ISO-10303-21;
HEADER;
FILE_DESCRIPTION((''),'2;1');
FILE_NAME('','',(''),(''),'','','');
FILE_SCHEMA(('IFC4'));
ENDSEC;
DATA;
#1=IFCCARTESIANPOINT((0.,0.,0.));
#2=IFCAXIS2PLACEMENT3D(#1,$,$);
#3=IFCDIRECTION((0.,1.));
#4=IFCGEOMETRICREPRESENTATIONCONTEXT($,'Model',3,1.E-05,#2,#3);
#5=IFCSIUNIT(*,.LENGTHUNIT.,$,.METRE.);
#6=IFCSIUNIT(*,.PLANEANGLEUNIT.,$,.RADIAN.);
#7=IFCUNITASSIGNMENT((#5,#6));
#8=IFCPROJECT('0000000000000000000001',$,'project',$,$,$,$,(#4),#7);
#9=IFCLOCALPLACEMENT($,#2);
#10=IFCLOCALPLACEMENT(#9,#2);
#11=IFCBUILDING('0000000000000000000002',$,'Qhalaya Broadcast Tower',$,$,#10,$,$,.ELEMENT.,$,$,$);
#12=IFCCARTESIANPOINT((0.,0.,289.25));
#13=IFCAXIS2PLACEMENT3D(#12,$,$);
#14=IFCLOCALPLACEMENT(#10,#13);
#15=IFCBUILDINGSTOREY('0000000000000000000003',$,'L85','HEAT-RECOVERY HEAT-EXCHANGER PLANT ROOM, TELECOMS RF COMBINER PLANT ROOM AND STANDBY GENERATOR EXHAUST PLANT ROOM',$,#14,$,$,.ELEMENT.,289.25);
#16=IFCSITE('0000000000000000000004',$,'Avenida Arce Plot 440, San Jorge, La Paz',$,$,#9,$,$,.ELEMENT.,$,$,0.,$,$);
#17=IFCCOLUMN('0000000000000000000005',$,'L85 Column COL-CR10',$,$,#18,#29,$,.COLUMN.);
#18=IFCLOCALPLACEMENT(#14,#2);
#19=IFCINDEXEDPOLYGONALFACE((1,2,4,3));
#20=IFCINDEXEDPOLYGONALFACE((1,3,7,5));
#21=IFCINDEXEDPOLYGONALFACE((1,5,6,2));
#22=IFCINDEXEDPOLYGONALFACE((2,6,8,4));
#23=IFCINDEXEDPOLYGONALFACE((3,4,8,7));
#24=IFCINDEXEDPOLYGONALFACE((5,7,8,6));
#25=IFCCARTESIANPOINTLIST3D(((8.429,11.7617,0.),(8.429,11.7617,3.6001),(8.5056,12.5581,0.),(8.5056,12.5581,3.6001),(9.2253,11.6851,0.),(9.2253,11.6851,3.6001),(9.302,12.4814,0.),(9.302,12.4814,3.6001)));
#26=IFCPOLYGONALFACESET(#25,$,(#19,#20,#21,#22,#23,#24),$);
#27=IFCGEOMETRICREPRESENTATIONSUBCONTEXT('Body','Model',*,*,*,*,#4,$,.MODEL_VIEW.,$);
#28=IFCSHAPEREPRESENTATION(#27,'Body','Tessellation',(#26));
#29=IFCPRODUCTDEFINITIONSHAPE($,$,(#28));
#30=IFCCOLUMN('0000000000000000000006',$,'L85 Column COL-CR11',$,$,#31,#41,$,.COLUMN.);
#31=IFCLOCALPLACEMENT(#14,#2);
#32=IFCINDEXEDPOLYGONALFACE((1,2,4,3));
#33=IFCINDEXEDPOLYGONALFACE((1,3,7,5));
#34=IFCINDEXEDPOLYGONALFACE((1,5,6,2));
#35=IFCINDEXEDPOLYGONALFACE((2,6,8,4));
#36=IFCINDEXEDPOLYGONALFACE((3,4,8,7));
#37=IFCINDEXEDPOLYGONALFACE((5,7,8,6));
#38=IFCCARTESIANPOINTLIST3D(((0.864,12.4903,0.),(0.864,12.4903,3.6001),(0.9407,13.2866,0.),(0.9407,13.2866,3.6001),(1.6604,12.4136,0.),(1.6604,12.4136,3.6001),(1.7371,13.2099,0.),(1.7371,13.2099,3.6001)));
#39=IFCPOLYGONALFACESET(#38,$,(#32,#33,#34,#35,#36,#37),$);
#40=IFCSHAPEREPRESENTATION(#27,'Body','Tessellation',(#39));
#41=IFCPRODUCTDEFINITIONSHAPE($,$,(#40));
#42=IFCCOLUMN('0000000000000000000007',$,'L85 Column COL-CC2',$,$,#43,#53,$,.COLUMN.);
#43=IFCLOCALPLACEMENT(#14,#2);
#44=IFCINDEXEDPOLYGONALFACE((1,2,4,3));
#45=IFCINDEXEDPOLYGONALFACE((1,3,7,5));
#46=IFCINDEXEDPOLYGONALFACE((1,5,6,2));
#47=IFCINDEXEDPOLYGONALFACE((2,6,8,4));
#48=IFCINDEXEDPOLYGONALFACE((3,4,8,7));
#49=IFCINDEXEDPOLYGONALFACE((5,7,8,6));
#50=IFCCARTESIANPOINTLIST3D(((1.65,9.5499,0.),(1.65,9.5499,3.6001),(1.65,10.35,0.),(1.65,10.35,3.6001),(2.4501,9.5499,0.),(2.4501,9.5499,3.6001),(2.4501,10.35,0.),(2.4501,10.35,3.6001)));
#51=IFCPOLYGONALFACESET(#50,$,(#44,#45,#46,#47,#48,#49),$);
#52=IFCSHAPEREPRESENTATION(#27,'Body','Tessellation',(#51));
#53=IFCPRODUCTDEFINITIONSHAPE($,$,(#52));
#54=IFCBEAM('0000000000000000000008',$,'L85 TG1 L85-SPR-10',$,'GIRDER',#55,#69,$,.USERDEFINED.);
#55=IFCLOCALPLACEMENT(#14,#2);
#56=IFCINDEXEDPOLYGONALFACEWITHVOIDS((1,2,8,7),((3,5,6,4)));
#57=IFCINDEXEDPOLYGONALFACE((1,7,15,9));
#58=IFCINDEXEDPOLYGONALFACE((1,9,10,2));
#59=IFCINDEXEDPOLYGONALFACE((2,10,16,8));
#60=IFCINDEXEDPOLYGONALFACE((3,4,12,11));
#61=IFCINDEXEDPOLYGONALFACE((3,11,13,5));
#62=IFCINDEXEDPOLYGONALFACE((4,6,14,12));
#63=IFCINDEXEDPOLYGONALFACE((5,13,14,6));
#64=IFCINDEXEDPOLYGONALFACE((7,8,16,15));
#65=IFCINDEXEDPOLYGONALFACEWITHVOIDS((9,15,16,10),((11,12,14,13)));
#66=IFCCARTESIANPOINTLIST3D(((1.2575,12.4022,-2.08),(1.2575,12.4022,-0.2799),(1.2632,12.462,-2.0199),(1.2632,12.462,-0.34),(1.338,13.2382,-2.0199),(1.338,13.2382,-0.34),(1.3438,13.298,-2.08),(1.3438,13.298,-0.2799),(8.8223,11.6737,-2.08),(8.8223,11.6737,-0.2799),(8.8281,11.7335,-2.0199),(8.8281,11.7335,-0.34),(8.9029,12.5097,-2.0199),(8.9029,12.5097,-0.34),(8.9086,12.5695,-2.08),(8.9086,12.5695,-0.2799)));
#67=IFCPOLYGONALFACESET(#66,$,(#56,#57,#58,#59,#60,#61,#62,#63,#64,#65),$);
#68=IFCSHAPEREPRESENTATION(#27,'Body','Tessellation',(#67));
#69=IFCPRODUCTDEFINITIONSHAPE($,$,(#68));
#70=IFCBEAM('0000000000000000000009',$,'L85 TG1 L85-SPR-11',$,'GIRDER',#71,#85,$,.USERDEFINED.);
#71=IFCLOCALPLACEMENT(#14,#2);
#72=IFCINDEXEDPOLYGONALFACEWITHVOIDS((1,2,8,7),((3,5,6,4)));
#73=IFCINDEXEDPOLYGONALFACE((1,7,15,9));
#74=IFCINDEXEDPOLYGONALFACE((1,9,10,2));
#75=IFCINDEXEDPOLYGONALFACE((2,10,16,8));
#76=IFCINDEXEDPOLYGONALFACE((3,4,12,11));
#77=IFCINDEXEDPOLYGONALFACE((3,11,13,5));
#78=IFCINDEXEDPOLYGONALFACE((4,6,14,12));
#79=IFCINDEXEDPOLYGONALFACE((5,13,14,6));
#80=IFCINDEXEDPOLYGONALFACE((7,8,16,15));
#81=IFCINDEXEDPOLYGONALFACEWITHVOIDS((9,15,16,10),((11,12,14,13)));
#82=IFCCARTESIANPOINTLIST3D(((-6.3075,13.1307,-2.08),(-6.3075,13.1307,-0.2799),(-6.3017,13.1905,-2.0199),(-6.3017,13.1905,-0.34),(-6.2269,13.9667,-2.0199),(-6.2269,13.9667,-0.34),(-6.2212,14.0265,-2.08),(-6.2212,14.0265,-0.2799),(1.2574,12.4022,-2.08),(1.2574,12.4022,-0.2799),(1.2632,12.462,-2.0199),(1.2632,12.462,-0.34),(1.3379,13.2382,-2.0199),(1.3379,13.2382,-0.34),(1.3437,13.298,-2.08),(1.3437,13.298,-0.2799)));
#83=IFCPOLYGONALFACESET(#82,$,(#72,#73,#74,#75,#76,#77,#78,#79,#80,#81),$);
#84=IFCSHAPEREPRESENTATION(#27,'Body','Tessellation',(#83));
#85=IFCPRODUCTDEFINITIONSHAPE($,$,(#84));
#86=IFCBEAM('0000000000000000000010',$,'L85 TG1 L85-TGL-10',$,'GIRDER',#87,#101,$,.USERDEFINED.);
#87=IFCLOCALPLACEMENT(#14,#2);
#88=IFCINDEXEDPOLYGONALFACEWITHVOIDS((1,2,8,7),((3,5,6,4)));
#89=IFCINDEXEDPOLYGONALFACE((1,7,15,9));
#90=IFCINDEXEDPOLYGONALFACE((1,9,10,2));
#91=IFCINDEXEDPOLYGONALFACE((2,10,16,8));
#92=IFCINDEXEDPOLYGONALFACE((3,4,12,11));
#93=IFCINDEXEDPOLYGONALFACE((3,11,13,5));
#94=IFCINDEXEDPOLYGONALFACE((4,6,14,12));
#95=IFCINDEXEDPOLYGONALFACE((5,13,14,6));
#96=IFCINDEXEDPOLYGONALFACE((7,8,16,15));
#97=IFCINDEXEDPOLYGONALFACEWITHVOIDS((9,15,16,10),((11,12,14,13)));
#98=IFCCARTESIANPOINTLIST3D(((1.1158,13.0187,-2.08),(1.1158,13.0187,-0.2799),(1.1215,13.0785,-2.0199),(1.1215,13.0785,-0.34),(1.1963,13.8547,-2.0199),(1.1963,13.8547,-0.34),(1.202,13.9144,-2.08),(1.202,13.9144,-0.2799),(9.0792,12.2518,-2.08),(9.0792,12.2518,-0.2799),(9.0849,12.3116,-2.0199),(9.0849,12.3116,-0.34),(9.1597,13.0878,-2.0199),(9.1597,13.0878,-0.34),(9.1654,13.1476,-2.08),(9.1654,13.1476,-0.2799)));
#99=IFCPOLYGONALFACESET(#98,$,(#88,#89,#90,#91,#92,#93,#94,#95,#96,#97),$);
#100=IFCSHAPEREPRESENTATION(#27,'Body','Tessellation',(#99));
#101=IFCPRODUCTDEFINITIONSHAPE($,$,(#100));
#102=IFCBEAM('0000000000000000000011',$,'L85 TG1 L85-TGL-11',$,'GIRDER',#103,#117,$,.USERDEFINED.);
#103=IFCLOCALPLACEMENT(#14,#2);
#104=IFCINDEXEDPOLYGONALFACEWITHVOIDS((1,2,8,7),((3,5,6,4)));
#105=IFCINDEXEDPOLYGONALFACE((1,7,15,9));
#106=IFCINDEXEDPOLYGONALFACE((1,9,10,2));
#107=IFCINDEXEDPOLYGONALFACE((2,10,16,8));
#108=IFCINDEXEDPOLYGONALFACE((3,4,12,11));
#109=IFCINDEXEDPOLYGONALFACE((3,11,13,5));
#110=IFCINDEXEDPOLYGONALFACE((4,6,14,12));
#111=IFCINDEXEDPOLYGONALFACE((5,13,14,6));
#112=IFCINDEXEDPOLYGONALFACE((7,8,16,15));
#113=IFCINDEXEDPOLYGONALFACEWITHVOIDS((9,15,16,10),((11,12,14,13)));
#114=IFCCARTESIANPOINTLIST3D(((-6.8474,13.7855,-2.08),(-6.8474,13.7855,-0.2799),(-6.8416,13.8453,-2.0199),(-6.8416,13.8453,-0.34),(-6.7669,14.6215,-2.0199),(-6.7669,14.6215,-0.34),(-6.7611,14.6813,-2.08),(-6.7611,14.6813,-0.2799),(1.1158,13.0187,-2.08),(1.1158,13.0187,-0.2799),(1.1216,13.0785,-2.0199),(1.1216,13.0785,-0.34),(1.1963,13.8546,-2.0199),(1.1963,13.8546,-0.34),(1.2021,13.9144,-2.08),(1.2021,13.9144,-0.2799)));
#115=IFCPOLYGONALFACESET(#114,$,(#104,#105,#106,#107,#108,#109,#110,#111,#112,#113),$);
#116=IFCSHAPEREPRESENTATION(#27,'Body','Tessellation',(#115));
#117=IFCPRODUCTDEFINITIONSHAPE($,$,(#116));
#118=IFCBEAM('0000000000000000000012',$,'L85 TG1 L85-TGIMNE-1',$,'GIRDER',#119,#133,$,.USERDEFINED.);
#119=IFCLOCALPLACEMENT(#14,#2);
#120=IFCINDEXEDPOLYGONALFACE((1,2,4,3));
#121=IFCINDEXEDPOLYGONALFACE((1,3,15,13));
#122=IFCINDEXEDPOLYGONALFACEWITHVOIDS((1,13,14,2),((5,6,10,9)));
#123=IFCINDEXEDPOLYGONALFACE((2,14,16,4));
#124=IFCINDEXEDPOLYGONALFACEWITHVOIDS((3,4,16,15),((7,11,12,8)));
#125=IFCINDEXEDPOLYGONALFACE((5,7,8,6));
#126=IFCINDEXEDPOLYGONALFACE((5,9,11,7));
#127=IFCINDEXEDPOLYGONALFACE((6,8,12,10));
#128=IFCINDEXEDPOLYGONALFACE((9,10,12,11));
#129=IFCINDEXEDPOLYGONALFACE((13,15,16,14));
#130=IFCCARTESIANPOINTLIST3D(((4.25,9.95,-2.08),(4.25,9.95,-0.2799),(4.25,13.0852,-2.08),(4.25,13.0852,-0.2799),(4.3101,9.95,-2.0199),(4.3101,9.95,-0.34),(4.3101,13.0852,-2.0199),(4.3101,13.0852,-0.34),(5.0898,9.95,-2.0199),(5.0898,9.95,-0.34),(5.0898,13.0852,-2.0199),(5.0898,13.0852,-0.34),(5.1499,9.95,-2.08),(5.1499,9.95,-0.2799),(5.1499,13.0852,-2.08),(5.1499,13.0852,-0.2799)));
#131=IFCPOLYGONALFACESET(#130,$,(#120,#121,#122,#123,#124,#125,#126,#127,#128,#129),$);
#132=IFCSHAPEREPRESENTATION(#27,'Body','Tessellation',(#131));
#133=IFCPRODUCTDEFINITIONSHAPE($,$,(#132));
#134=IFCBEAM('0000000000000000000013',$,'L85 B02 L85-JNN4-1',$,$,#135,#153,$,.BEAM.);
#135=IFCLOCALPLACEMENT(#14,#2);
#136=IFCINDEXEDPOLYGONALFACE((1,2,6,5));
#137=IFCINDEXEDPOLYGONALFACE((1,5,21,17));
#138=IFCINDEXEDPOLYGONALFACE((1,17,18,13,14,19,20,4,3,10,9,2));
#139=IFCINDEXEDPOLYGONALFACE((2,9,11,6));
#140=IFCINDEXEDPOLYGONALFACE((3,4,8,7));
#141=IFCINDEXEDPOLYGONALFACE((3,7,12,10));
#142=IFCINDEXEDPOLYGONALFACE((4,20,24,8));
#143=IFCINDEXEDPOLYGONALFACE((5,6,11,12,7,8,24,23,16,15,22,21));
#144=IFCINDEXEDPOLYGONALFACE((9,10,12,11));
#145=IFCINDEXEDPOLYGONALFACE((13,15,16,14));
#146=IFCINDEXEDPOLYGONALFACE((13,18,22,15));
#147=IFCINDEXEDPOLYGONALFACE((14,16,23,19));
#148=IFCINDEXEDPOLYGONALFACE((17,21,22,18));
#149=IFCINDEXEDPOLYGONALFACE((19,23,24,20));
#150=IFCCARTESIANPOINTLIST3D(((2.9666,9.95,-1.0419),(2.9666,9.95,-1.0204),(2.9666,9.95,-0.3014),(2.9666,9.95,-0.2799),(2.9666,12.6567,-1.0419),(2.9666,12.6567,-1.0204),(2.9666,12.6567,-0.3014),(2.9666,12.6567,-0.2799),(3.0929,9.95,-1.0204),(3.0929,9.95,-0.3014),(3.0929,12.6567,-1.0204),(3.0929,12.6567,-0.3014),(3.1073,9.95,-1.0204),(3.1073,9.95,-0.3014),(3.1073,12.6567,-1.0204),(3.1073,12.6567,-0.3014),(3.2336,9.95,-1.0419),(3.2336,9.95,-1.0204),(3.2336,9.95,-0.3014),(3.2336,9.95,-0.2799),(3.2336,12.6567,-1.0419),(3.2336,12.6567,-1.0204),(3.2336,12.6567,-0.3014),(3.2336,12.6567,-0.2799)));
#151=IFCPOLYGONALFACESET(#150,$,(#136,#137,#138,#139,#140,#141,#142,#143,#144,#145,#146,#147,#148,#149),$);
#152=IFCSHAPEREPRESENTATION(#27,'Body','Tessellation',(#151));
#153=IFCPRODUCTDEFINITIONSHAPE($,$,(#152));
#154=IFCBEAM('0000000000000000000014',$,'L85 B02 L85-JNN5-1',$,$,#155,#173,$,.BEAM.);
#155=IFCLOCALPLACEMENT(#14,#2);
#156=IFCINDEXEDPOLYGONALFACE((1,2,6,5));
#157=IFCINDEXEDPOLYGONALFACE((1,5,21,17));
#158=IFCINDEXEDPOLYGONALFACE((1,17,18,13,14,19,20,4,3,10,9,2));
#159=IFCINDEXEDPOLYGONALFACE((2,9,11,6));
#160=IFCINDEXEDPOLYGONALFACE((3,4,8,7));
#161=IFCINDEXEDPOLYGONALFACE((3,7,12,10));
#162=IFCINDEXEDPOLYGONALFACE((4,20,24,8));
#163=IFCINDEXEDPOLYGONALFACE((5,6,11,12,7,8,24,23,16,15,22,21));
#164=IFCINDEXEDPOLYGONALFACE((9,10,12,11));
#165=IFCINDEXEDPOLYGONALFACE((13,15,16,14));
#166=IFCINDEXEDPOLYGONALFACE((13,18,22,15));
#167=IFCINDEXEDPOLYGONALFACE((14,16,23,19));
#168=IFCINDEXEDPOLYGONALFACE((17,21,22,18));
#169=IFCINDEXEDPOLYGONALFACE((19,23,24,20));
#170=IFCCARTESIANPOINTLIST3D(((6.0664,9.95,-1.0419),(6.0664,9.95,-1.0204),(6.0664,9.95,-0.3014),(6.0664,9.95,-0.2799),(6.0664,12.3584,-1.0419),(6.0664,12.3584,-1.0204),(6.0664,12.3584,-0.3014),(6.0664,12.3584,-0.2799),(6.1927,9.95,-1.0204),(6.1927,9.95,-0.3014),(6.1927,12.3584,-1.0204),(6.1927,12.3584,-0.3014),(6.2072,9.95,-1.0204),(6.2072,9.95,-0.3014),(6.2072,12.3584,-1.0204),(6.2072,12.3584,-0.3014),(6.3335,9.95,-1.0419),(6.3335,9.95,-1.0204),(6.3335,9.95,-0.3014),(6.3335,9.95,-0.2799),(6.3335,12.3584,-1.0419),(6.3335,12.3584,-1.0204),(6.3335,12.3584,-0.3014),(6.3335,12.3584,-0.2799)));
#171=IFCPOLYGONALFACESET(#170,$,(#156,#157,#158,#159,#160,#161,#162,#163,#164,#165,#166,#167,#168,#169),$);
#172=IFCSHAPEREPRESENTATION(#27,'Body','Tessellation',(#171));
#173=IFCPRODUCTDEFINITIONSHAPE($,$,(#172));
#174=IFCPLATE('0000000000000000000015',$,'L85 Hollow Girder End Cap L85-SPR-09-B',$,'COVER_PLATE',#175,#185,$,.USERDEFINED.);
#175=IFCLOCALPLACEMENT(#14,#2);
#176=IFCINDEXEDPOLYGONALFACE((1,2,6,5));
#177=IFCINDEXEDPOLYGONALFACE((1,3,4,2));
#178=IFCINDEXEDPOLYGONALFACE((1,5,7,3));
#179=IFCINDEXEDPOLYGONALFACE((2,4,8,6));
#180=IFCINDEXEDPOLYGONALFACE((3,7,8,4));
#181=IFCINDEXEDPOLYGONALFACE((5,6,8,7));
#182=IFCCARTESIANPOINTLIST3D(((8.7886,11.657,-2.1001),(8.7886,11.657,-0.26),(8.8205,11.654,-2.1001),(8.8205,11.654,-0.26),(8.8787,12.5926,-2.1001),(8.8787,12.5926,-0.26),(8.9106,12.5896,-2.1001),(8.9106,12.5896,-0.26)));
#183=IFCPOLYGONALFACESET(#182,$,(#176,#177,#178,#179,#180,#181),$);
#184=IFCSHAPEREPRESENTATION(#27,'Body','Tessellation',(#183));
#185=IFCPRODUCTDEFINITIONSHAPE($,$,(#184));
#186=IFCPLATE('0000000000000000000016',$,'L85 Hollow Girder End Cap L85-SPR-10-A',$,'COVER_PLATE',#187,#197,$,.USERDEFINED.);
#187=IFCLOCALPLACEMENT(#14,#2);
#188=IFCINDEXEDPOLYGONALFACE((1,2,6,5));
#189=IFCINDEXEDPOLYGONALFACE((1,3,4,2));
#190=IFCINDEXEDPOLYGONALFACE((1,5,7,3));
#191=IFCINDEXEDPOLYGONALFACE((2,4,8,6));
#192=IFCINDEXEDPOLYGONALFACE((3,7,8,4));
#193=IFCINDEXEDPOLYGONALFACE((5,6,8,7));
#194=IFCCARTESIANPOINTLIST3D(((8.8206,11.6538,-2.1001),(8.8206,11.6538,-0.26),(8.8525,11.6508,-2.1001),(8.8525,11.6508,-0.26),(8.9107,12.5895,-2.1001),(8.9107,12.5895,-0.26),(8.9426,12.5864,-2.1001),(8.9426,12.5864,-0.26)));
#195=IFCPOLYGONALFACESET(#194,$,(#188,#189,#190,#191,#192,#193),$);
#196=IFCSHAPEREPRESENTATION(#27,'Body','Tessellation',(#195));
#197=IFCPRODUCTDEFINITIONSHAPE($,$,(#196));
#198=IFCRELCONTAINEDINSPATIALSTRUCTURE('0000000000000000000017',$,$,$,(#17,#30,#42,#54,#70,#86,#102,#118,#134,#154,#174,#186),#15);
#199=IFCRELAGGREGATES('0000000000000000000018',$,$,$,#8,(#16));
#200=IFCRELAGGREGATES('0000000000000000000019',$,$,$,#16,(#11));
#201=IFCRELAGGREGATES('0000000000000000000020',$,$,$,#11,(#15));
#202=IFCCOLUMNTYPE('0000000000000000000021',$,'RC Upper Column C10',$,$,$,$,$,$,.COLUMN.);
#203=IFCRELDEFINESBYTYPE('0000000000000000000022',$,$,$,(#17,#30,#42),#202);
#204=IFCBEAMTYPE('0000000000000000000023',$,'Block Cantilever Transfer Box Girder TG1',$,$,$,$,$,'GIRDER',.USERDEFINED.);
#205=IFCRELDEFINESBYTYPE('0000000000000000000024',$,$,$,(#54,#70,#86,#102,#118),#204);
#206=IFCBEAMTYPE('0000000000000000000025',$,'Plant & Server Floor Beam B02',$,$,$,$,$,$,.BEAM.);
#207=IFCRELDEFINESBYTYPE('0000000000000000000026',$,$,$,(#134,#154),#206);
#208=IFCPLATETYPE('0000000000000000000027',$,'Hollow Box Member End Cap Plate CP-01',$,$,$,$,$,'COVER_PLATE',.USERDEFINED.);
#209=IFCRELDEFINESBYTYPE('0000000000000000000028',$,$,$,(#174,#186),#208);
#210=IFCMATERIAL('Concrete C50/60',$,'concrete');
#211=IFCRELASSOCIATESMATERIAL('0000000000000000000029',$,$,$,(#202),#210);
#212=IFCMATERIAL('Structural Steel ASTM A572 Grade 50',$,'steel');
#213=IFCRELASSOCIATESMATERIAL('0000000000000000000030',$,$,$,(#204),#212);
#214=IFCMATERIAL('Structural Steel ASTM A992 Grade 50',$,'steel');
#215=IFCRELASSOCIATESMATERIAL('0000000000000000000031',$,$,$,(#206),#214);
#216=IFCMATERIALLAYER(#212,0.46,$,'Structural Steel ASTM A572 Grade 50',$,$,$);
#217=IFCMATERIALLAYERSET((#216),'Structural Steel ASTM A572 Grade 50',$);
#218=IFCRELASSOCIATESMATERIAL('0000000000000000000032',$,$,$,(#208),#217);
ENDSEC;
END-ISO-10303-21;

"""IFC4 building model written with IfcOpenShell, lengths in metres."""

from ifc_helpers import new_model, si_unit, direction, frame, origin, origin_2d, place, context, subcontext, project, spatial, rectangle, hollow_rectangle, i_section, extrude, material, layer, layer_set, material_profile, profile_set, type_object, element, save


model = new_model("IFC4")

# Units and contexts
model_context = context("Model", 3, precision=1e-05, world=origin(), true_north=direction((0.0, 1.0)))
body_context = subcontext(model_context, "Body", "Model", "MODEL_VIEW")
ifc_project = project(units=[si_unit("LENGTHUNIT", "METRE"), si_unit("PLANEANGLEUNIT", "RADIAN")], contexts=[model_context])

# Site, building, storey
site_placement = place(None, origin())
site = spatial("IfcSite", under=ifc_project, at=site_placement, Name="Avenida Arce Plot 440, San Jorge, La Paz", CompositionType="ELEMENT", RefElevation=0.0)
building_placement = place(site_placement, origin())
building = spatial("IfcBuilding", under=site, at=building_placement, Name="Qhalaya Broadcast Tower", CompositionType="ELEMENT")
storey_placement = place(building_placement, frame((0.0, 0.0, 289.25)))
storey = spatial("IfcBuildingStorey", under=building, at=storey_placement, Name="L85", Description="HEAT-RECOVERY HEAT-EXCHANGER PLANT ROOM, TELECOMS RF COMBINER PLANT ROOM AND STANDBY GENERATOR EXHAUST PLANT ROOM", CompositionType="ELEMENT", Elevation=289.25)

# Columns
ifc_material_1 = material(Name="Concrete C50/60", Category="concrete")
ifc_material_profile_1 = material_profile(ifc_material_1, rectangle(XDim=0.8, YDim=0.8, at=origin_2d()), Name="RC-COL 800x800")
ifc_profile_set_1 = profile_set([ifc_material_profile_1], Name="Concrete C50/60")
column_type = type_object("IfcColumnType", Name="RC Upper Column C10", PredefinedType="COLUMN", material=ifc_profile_set_1)
for number, where, z_axis, x_axis, name in (
    (1, (8.8655, 12.1216, 0.0), (0.0, 0.0, 1.0), (0.995396, -0.095846, 0.0), "L85 Column COL-CR10"),
    (2, (1.3005, 12.8501, 0.0), (0.0, 0.0, 1.0), (0.995396, -0.095846, 0.0), "L85 Column COL-CR11"),
    (3, (2.05, 9.95, 0.0), (0.0, 0.0, 1.0), (1.0, 0.0, 0.0), "L85 Column COL-CC2"),
):
    element("IfcColumn", number, at=place(storey_placement, frame(where, z_axis=z_axis, x_axis=x_axis)), inside=storey, type_object=column_type, Name=name, PredefinedType="COLUMN", context=body_context, shape_type="SweptSolid", body=[
        extrude(rectangle(XDim=0.8, YDim=0.8, at=origin_2d()), origin(), (0.0, 0.0, 1.0), 3.6001),
    ])

# Beams
ifc_material_2 = material(Name="Structural Steel ASTM A572 Grade 50", Category="steel")
ifc_material_profile_2 = material_profile(ifc_material_2, hollow_rectangle(XDim=0.8999, YDim=1.8, WallThickness=0.0601, at=origin_2d()), Name="BOX 900x1800x60")
ifc_profile_set_2 = profile_set([ifc_material_profile_2], Name="Structural Steel ASTM A572 Grade 50")
beam_type_1 = type_object("IfcBeamType", Name="Block Cantilever Transfer Box Girder TG1", ElementType="GIRDER", PredefinedType="USERDEFINED", material=ifc_profile_set_2)
for number, where, z_axis, x_axis, name in (
    (4, (8.8655, 12.1216, -1.1799), (-0.995395, 0.095858, 0.0), (-0.095858, -0.995395, 0.0), "L85 TG1 L85-SPR-10"),
    (5, (1.3005, 12.8501, -1.1799), (-0.995395, 0.095858, 0.0), (-0.095858, -0.995395, 0.0), "L85 TG1 L85-SPR-11"),
):
    element("IfcBeam", number, at=place(storey_placement, frame(where, z_axis=z_axis, x_axis=x_axis)), inside=storey, type_object=beam_type_1, Name=name, ObjectType="GIRDER", PredefinedType="USERDEFINED", context=body_context, shape_type="SweptSolid", body=[
        extrude(hollow_rectangle(XDim=0.8999, YDim=1.8, WallThickness=0.0601, at=origin_2d()), origin(), (0.0, 0.0, 1.0), 7.5999),
    ])
beam_1_placement = place(storey_placement, frame((9.1223, 12.6997, -1.1799), z_axis=(-0.995395, 0.095853, 0.0), x_axis=(-0.095853, -0.995395, 0.0)))
element("IfcBeam", 6, at=beam_1_placement, inside=storey, type_object=beam_type_1, Name="L85 TG1 L85-TGL-10", ObjectType="GIRDER", PredefinedType="USERDEFINED", context=body_context, shape_type="SweptSolid", body=[
    extrude(hollow_rectangle(XDim=0.8999, YDim=1.8, WallThickness=0.0601, at=origin_2d()), origin(), (0.0, 0.0, 1.0), 8.0002),
])
beam_2_placement = place(storey_placement, frame((1.1589, 13.4666, -1.1799), z_axis=(-0.995395, 0.095856, 0.0), x_axis=(-0.095856, -0.995395, 0.0)))
element("IfcBeam", 7, at=beam_2_placement, inside=storey, type_object=beam_type_1, Name="L85 TG1 L85-TGL-11", ObjectType="GIRDER", PredefinedType="USERDEFINED", context=body_context, shape_type="SweptSolid", body=[
    extrude(hollow_rectangle(XDim=0.8999, YDim=1.8, WallThickness=0.0601, at=origin_2d()), origin(), (0.0, 0.0, 1.0), 8.0),
])
beam_3_placement = place(storey_placement, frame((4.7, 9.95, -1.1799), z_axis=(0.0, 1.0, 0.0), x_axis=(-1.0, 0.0, 0.0)))
element("IfcBeam", 8, at=beam_3_placement, inside=storey, type_object=beam_type_1, Name="L85 TG1 L85-TGIMNE-1", ObjectType="GIRDER", PredefinedType="USERDEFINED", context=body_context, shape_type="SweptSolid", body=[
    extrude(hollow_rectangle(XDim=0.8999, YDim=1.8, WallThickness=0.0601, at=origin_2d()), origin(), (0.0, 0.0, 1.0), 3.1353),
])
ifc_material_3 = material(Name="Structural Steel ASTM A992 Grade 50", Category="steel")
ifc_material_profile_3 = material_profile(ifc_material_3, i_section(OverallWidth=0.2671, OverallDepth=0.762, WebThickness=0.0144, FlangeThickness=0.0215, at=origin_2d()), Name="W30X116")
ifc_profile_set_3 = profile_set([ifc_material_profile_3], Name="Structural Steel ASTM A992 Grade 50")
beam_type_2 = type_object("IfcBeamType", Name="Plant & Server Floor Beam B02", PredefinedType="BEAM", material=ifc_profile_set_3)
beam_4_placement = place(storey_placement, frame((3.1001, 9.95, -0.6609), z_axis=(0.0, 1.0, 0.0), x_axis=(-1.0, 0.0, 0.0)))
element("IfcBeam", 9, at=beam_4_placement, inside=storey, type_object=beam_type_2, Name="L85 B02 L85-JNN4-1", PredefinedType="BEAM", context=body_context, shape_type="SweptSolid", body=[
    extrude(i_section(OverallWidth=0.2671, OverallDepth=0.762, WebThickness=0.0144, FlangeThickness=0.0215, at=origin_2d()), origin(), (0.0, 0.0, 1.0), 2.7068),
])
beam_5_placement = place(storey_placement, frame((6.2, 9.95, -0.6609), z_axis=(0.0, 1.0, 0.0), x_axis=(-1.0, 0.0, 0.0)))
element("IfcBeam", 10, at=beam_5_placement, inside=storey, type_object=beam_type_2, Name="L85 B02 L85-JNN5-1", PredefinedType="BEAM", context=body_context, shape_type="SweptSolid", body=[
    extrude(i_section(OverallWidth=0.2671, OverallDepth=0.762, WebThickness=0.0144, FlangeThickness=0.0215, at=origin_2d()), origin(), (0.0, 0.0, 1.0), 2.4084),
])

# Plates
ifc_layer_1 = layer(ifc_material_2, 0.46, Name="Structural Steel ASTM A572 Grade 50")
ifc_layer_set_1 = layer_set([ifc_layer_1], Name="Structural Steel ASTM A572 Grade 50")
plate_type = type_object("IfcPlateType", Name="Hollow Box Member End Cap Plate CP-01", ElementType="COVER_PLATE", PredefinedType="USERDEFINED", material=ifc_layer_set_1)
for number, where, z_axis, x_axis, name in (
    (11, (8.8496, 12.1233, -2.1001), (0.0, 0.0, 1.0), (-0.095863, -0.995395, 0.0), "L85 Hollow Girder End Cap L85-SPR-09-B"),
    (12, (8.8816, 12.1201, -2.1001), (0.0, 0.0, 1.0), (-0.095846, -0.995396, 0.0), "L85 Hollow Girder End Cap L85-SPR-10-A"),
):
    element("IfcPlate", number, at=place(storey_placement, frame(where, z_axis=z_axis, x_axis=x_axis)), inside=storey, type_object=plate_type, Name=name, ObjectType="COVER_PLATE", PredefinedType="USERDEFINED", context=body_context, shape_type="SweptSolid", body=[
        extrude(rectangle(XDim=0.9399, YDim=0.032, at=origin_2d()), origin(), (0.0, 0.0, 1.0), 1.8401),
    ])

save(model, "model.ifc")
